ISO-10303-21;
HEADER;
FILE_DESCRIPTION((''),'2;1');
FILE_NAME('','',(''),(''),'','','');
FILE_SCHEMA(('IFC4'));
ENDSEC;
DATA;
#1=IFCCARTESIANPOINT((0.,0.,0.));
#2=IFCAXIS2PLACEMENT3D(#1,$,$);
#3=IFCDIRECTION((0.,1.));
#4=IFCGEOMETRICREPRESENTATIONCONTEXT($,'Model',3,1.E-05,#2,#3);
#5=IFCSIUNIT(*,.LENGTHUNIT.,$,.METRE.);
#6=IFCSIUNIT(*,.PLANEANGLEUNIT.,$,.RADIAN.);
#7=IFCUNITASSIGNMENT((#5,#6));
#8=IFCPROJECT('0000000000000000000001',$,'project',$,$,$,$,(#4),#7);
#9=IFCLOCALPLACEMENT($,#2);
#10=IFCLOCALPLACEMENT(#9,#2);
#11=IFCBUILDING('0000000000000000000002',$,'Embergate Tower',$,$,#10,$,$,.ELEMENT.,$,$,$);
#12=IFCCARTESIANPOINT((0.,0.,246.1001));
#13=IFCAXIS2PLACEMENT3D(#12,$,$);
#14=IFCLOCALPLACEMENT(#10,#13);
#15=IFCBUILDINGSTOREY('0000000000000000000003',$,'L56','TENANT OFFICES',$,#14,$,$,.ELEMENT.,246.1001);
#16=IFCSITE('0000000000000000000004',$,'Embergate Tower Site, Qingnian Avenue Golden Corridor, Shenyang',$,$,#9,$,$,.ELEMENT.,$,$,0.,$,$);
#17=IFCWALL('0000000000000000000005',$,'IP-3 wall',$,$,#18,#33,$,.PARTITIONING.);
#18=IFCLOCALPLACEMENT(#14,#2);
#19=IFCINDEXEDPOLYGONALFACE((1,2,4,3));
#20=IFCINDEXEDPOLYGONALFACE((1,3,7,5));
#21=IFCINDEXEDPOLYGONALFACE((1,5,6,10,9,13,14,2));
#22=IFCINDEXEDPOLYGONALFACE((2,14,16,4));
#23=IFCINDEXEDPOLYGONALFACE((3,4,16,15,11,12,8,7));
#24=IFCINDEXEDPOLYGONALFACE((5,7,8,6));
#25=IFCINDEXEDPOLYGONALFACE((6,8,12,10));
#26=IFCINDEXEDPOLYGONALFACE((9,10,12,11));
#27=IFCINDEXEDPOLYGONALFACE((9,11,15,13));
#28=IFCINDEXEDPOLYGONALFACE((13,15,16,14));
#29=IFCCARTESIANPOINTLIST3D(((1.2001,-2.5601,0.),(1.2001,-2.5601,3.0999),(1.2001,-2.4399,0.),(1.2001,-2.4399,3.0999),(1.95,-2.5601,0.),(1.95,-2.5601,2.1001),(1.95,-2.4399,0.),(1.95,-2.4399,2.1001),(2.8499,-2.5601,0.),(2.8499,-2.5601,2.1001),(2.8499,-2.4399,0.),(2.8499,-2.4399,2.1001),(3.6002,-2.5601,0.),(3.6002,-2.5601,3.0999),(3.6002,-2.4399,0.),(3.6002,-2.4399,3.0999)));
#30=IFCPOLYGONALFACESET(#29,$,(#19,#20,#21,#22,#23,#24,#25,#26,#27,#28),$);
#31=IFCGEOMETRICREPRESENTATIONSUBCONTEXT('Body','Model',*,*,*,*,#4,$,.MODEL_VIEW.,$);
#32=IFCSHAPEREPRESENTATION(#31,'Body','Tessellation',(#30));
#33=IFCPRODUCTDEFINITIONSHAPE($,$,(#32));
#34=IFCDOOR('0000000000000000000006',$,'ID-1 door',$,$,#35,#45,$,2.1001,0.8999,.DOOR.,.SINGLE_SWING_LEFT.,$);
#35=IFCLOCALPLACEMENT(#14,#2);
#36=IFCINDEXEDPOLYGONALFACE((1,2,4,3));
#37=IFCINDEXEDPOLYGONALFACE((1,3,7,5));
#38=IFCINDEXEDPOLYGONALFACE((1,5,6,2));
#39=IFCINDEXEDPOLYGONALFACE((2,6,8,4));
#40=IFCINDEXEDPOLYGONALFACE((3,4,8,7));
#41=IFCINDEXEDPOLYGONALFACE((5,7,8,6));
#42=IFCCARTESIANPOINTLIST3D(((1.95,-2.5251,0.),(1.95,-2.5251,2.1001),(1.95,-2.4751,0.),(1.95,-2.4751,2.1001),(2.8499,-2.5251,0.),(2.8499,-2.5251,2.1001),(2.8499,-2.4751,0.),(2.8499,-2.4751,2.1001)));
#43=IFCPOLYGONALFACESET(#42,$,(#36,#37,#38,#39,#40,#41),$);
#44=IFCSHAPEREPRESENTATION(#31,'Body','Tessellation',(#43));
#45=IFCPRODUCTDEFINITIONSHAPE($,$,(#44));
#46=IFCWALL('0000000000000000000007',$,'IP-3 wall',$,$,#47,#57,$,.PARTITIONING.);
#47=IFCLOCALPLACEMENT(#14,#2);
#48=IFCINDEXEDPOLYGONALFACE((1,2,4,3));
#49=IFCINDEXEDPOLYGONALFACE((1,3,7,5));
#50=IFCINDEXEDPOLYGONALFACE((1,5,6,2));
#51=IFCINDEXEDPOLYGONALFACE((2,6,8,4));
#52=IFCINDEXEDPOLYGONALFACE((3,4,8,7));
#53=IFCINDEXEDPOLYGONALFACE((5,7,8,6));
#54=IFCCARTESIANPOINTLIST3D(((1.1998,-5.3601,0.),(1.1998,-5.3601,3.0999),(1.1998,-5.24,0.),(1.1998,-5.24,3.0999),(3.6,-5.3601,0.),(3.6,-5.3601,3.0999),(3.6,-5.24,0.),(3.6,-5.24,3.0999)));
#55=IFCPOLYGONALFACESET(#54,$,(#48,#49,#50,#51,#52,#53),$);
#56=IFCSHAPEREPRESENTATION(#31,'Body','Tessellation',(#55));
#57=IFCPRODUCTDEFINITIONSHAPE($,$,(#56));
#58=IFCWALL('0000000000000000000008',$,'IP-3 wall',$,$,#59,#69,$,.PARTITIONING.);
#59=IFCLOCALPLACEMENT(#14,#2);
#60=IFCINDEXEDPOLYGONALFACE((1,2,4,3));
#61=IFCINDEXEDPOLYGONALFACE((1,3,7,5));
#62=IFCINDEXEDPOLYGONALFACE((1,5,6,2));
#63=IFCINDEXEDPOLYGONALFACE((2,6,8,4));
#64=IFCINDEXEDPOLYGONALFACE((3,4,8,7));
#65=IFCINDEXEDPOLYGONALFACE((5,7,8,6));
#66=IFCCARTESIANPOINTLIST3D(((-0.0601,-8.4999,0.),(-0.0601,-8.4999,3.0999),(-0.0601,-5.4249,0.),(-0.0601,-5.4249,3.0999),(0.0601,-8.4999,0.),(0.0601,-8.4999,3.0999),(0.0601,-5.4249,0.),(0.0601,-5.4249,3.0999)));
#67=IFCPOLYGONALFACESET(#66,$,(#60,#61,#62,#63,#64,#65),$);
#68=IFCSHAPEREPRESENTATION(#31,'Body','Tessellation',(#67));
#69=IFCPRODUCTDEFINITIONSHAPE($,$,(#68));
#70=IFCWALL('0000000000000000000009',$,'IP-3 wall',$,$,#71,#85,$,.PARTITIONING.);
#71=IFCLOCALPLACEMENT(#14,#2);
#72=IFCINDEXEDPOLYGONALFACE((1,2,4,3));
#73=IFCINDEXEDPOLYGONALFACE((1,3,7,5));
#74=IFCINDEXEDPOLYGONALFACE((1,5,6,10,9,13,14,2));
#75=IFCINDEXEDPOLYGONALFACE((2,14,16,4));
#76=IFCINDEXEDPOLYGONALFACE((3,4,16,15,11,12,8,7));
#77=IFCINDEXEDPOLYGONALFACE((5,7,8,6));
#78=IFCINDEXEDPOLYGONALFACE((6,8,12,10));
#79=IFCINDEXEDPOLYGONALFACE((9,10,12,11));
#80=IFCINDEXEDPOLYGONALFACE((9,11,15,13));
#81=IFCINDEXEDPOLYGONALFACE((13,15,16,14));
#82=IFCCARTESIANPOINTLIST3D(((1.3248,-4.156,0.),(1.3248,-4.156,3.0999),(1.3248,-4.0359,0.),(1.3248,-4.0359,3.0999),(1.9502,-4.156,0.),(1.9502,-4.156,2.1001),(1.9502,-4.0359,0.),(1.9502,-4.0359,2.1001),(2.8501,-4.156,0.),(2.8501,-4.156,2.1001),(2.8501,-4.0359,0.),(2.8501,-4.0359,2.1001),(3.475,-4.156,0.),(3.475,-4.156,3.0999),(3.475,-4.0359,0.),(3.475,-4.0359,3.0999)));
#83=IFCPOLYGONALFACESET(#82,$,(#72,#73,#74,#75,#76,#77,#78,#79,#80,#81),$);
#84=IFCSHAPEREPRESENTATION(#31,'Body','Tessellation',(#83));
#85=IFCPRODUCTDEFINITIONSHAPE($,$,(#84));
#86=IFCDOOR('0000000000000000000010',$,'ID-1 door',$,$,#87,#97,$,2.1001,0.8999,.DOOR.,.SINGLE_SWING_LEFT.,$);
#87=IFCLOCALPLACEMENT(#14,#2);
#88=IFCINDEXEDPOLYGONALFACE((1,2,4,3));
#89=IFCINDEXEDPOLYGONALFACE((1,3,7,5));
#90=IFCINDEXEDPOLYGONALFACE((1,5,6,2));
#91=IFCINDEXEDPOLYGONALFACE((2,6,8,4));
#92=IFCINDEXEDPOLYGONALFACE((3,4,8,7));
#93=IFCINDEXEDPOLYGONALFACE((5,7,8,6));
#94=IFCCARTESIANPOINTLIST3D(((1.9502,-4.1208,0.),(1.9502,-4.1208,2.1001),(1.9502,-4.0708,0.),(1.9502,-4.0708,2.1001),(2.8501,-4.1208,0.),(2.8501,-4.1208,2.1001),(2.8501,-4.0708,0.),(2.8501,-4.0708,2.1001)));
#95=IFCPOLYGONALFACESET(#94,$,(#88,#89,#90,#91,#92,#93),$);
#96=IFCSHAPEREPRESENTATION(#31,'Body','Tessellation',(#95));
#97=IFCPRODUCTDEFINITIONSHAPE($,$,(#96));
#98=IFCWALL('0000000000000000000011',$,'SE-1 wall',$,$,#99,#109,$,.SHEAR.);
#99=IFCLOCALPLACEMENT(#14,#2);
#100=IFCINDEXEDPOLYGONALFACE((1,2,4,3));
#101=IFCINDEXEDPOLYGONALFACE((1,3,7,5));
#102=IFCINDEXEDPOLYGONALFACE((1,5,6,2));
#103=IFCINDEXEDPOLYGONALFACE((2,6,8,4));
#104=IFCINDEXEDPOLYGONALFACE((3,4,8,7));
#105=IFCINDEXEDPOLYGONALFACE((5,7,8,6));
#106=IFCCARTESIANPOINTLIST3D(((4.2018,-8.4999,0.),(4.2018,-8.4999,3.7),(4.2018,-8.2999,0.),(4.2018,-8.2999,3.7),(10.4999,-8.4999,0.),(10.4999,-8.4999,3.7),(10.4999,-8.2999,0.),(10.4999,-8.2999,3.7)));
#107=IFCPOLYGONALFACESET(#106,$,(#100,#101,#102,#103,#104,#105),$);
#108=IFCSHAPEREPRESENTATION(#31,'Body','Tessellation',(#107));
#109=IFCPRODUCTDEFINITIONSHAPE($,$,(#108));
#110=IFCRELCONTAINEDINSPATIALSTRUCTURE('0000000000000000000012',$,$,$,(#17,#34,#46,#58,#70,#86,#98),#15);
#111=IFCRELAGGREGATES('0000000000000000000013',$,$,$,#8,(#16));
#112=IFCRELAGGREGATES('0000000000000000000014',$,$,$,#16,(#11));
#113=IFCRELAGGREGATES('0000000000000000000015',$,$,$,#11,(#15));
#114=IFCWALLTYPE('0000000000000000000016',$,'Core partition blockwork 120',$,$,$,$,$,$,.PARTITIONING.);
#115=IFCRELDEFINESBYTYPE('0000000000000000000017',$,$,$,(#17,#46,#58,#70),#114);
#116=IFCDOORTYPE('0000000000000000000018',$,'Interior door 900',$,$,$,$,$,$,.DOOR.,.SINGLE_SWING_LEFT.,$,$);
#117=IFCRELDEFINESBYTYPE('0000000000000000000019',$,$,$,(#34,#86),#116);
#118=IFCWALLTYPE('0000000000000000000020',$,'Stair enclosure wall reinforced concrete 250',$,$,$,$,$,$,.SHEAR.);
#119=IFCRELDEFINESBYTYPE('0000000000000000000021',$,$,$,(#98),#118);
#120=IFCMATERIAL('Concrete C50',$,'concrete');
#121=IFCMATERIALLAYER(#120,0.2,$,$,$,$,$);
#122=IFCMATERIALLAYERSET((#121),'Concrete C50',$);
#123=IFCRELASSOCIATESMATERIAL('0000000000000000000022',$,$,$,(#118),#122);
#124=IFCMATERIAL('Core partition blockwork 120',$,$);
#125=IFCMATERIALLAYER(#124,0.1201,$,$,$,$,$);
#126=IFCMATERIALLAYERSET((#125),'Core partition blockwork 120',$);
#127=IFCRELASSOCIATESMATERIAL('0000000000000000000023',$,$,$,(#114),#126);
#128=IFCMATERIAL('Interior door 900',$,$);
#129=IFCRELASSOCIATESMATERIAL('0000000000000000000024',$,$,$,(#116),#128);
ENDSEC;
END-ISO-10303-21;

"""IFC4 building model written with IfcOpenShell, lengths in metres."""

from ifc_helpers import new_model, si_unit, direction, frame, frame_2d, origin, place, context, subcontext, project, spatial, rectangle, extrude, source, transform, mapped, material, layer, layer_set, type_object, element, fill, save


model = new_model("IFC4")

# Units and contexts
model_context = context("Model", 3, precision=1e-05, world=origin(), true_north=direction((0.0, 1.0)))
body_context = subcontext(model_context, "Body", "Model", "MODEL_VIEW")
ifc_project = project(units=[si_unit("LENGTHUNIT", "METRE"), si_unit("PLANEANGLEUNIT", "RADIAN")], contexts=[model_context])

# Site, building, storey
site_placement = place(None, origin())
site = spatial("IfcSite", under=ifc_project, at=site_placement, Name="Embergate Tower Site, Qingnian Avenue Golden Corridor, Shenyang", CompositionType="ELEMENT", RefElevation=0.0)
building_placement = place(site_placement, origin())
building = spatial("IfcBuilding", under=site, at=building_placement, Name="Embergate Tower", CompositionType="ELEMENT")
storey_placement = place(building_placement, frame((0.0, 0.0, 246.1001)))
storey = spatial("IfcBuildingStorey", under=building, at=storey_placement, Name="L56", Description="TENANT OFFICES", CompositionType="ELEMENT", Elevation=246.1001)

# Shared definitions
ifc_material_1 = material(Name="Concrete C50", Category="concrete")
ifc_layer_1 = layer(ifc_material_1, 0.2)
ifc_layer_set_1 = layer_set([ifc_layer_1], Name="Concrete C50")
wall_type_1 = type_object("IfcWallType", Name="Stair enclosure wall reinforced concrete 250", PredefinedType="SHEAR", material=ifc_layer_set_1)

# Wall, opening, door
ifc_material_2 = material(Name="Core partition blockwork 120")
ifc_layer_2 = layer(ifc_material_2, 0.1201)
ifc_layer_set_2 = layer_set([ifc_layer_2], Name="Core partition blockwork 120")
wall_type_2 = type_object("IfcWallType", Name="Core partition blockwork 120", PredefinedType="PARTITIONING", material=ifc_layer_set_2)
shared_shape_1 = source(origin(), body_context, "Body", "SweptSolid", [
    extrude(rectangle(XDim=2.4001, YDim=0.1201, at=frame_2d((1.2002, 0.0))), origin(), (0.0, 0.0, 1.0), 3.0999),
])
wall_1_placement = place(storey_placement, frame((1.2, -2.5, 0.0), z_axis=(0.0, 0.0, 1.0), x_axis=(1.0, 0.0, 0.0)))
wall_1 = element("IfcWall", 1, at=wall_1_placement, inside=storey, type_object=wall_type_2, Name="IP-3 wall", PredefinedType="PARTITIONING", context=body_context, shape_type="MappedRepresentation", body=[
    mapped(shared_shape_1, transform((0.0, 0.0, 0.0))),
])
shared_shape_2 = source(origin(), body_context, "Body", "SweptSolid", [
    extrude(rectangle(XDim=0.8999, YDim=2.1001, at=frame_2d((0.45, 1.05))), frame((0.0, 0.0701, 0.0), z_axis=(0.0, -1.0, 0.0), x_axis=(1.0, 0.0, 0.0)), (0.0, 0.0, 1.0), 0.1401),
])
opening_1_placement = place(wall_1_placement, frame((0.75, 0.0, 0.0)))
opening_1 = element("IfcOpeningElement", 2, at=opening_1_placement, cuts=wall_1, PredefinedType="OPENING", context=body_context, shape_type="MappedRepresentation", body=[
    mapped(shared_shape_2, transform((0.0, 0.0, 0.0))),
])
ifc_material_3 = material(Name="Interior door 900")
door_type_1 = type_object("IfcDoorType", Name="Interior door 900", OperationType="SINGLE_SWING_LEFT", PredefinedType="DOOR", material=ifc_material_3)
shared_shape_3 = source(origin(), body_context, "Body", "SweptSolid", [
    extrude(rectangle(XDim=0.8999, YDim=2.1001, at=frame_2d((0.45, 1.05))), frame((0.0, 0.0249, 0.0), z_axis=(0.0, -1.0, 0.0), x_axis=(1.0, 0.0, 0.0)), (0.0, 0.0, 1.0), 0.05),
])
door_1_placement = place(opening_1_placement, origin())
door_1 = element("IfcDoor", 3, at=door_1_placement, inside=storey, type_object=door_type_1, Name="ID-1 door", OperationType="SINGLE_SWING_LEFT", OverallHeight=2.1001, OverallWidth=0.8999, PredefinedType="DOOR", context=body_context, shape_type="MappedRepresentation", body=[
    mapped(shared_shape_3, transform((0.0, 0.0, 0.0))),
])
fill(opening_1, door_1)

# Walls
wall_2_placement = place(storey_placement, frame((3.6001, -5.3, 0.0), z_axis=(0.0, 0.0, 1.0), x_axis=(-1.0, 0.0, 0.0)))
element("IfcWall", 4, at=wall_2_placement, inside=storey, type_object=wall_type_2, Name="IP-3 wall", PredefinedType="PARTITIONING", context=body_context, shape_type="MappedRepresentation", body=[
    mapped(shared_shape_1, transform((0.0, 0.0, 0.0))),
])
shared_shape_4 = source(origin(), body_context, "Body", "SweptSolid", [
    extrude(rectangle(XDim=3.075, YDim=0.1201, at=frame_2d((1.5376, 0.0))), origin(), (0.0, 0.0, 1.0), 3.0999),
])
wall_3_placement = place(storey_placement, frame((0.0, -8.5, 0.0), z_axis=(0.0, 0.0, 1.0), x_axis=(0.0, 1.0, 0.0)))
element("IfcWall", 5, at=wall_3_placement, inside=storey, type_object=wall_type_2, Name="IP-3 wall", PredefinedType="PARTITIONING", context=body_context, shape_type="MappedRepresentation", body=[
    mapped(shared_shape_4, transform((0.0, 0.0, 0.0))),
])

# Wall, opening, door
shared_shape_5 = source(origin(), body_context, "Body", "SweptSolid", [
    extrude(rectangle(XDim=2.1501, YDim=0.1201, at=frame_2d((1.0752, 0.0))), origin(), (0.0, 0.0, 1.0), 3.0999),
])
wall_4_placement = place(storey_placement, frame((3.4751, -4.0959, 0.0), z_axis=(0.0, 0.0, 1.0), x_axis=(-1.0, 0.0, 0.0)))
wall_4 = element("IfcWall", 6, at=wall_4_placement, inside=storey, type_object=wall_type_2, Name="IP-3 wall", PredefinedType="PARTITIONING", context=body_context, shape_type="MappedRepresentation", body=[
    mapped(shared_shape_5, transform((0.0, 0.0, 0.0))),
])
opening_2_placement = place(wall_4_placement, frame((0.625, 0.0, 0.0)))
opening_2 = element("IfcOpeningElement", 7, at=opening_2_placement, cuts=wall_4, PredefinedType="OPENING", context=body_context, shape_type="MappedRepresentation", body=[
    mapped(shared_shape_2, transform((0.0, 0.0, 0.0))),
])
door_2_placement = place(opening_2_placement, origin())
door_2 = element("IfcDoor", 8, at=door_2_placement, inside=storey, type_object=door_type_1, Name="ID-1 door", OperationType="SINGLE_SWING_LEFT", OverallHeight=2.1001, OverallWidth=0.8999, PredefinedType="DOOR", context=body_context, shape_type="MappedRepresentation", body=[
    mapped(shared_shape_3, transform((0.0, 0.0, 0.0))),
])
fill(opening_2, door_2)

# Wall
shared_shape_6 = source(origin(), body_context, "Body", "SweptSolid", [
    extrude(rectangle(XDim=6.2981, YDim=0.2, at=frame_2d((3.1489, 0.0))), origin(), (0.0, 0.0, 1.0), 3.7),
])
wall_5_placement = place(storey_placement, frame((4.2019, -8.3999, 0.0), z_axis=(0.0, 0.0, 1.0), x_axis=(1.0, 0.0, 0.0)))
element("IfcWall", 9, at=wall_5_placement, inside=storey, type_object=wall_type_1, Name="SE-1 wall", PredefinedType="SHEAR", context=body_context, shape_type="MappedRepresentation", body=[
    mapped(shared_shape_6, transform((0.0, 0.0, 0.0))),
])

save(model, "model.ifc")
